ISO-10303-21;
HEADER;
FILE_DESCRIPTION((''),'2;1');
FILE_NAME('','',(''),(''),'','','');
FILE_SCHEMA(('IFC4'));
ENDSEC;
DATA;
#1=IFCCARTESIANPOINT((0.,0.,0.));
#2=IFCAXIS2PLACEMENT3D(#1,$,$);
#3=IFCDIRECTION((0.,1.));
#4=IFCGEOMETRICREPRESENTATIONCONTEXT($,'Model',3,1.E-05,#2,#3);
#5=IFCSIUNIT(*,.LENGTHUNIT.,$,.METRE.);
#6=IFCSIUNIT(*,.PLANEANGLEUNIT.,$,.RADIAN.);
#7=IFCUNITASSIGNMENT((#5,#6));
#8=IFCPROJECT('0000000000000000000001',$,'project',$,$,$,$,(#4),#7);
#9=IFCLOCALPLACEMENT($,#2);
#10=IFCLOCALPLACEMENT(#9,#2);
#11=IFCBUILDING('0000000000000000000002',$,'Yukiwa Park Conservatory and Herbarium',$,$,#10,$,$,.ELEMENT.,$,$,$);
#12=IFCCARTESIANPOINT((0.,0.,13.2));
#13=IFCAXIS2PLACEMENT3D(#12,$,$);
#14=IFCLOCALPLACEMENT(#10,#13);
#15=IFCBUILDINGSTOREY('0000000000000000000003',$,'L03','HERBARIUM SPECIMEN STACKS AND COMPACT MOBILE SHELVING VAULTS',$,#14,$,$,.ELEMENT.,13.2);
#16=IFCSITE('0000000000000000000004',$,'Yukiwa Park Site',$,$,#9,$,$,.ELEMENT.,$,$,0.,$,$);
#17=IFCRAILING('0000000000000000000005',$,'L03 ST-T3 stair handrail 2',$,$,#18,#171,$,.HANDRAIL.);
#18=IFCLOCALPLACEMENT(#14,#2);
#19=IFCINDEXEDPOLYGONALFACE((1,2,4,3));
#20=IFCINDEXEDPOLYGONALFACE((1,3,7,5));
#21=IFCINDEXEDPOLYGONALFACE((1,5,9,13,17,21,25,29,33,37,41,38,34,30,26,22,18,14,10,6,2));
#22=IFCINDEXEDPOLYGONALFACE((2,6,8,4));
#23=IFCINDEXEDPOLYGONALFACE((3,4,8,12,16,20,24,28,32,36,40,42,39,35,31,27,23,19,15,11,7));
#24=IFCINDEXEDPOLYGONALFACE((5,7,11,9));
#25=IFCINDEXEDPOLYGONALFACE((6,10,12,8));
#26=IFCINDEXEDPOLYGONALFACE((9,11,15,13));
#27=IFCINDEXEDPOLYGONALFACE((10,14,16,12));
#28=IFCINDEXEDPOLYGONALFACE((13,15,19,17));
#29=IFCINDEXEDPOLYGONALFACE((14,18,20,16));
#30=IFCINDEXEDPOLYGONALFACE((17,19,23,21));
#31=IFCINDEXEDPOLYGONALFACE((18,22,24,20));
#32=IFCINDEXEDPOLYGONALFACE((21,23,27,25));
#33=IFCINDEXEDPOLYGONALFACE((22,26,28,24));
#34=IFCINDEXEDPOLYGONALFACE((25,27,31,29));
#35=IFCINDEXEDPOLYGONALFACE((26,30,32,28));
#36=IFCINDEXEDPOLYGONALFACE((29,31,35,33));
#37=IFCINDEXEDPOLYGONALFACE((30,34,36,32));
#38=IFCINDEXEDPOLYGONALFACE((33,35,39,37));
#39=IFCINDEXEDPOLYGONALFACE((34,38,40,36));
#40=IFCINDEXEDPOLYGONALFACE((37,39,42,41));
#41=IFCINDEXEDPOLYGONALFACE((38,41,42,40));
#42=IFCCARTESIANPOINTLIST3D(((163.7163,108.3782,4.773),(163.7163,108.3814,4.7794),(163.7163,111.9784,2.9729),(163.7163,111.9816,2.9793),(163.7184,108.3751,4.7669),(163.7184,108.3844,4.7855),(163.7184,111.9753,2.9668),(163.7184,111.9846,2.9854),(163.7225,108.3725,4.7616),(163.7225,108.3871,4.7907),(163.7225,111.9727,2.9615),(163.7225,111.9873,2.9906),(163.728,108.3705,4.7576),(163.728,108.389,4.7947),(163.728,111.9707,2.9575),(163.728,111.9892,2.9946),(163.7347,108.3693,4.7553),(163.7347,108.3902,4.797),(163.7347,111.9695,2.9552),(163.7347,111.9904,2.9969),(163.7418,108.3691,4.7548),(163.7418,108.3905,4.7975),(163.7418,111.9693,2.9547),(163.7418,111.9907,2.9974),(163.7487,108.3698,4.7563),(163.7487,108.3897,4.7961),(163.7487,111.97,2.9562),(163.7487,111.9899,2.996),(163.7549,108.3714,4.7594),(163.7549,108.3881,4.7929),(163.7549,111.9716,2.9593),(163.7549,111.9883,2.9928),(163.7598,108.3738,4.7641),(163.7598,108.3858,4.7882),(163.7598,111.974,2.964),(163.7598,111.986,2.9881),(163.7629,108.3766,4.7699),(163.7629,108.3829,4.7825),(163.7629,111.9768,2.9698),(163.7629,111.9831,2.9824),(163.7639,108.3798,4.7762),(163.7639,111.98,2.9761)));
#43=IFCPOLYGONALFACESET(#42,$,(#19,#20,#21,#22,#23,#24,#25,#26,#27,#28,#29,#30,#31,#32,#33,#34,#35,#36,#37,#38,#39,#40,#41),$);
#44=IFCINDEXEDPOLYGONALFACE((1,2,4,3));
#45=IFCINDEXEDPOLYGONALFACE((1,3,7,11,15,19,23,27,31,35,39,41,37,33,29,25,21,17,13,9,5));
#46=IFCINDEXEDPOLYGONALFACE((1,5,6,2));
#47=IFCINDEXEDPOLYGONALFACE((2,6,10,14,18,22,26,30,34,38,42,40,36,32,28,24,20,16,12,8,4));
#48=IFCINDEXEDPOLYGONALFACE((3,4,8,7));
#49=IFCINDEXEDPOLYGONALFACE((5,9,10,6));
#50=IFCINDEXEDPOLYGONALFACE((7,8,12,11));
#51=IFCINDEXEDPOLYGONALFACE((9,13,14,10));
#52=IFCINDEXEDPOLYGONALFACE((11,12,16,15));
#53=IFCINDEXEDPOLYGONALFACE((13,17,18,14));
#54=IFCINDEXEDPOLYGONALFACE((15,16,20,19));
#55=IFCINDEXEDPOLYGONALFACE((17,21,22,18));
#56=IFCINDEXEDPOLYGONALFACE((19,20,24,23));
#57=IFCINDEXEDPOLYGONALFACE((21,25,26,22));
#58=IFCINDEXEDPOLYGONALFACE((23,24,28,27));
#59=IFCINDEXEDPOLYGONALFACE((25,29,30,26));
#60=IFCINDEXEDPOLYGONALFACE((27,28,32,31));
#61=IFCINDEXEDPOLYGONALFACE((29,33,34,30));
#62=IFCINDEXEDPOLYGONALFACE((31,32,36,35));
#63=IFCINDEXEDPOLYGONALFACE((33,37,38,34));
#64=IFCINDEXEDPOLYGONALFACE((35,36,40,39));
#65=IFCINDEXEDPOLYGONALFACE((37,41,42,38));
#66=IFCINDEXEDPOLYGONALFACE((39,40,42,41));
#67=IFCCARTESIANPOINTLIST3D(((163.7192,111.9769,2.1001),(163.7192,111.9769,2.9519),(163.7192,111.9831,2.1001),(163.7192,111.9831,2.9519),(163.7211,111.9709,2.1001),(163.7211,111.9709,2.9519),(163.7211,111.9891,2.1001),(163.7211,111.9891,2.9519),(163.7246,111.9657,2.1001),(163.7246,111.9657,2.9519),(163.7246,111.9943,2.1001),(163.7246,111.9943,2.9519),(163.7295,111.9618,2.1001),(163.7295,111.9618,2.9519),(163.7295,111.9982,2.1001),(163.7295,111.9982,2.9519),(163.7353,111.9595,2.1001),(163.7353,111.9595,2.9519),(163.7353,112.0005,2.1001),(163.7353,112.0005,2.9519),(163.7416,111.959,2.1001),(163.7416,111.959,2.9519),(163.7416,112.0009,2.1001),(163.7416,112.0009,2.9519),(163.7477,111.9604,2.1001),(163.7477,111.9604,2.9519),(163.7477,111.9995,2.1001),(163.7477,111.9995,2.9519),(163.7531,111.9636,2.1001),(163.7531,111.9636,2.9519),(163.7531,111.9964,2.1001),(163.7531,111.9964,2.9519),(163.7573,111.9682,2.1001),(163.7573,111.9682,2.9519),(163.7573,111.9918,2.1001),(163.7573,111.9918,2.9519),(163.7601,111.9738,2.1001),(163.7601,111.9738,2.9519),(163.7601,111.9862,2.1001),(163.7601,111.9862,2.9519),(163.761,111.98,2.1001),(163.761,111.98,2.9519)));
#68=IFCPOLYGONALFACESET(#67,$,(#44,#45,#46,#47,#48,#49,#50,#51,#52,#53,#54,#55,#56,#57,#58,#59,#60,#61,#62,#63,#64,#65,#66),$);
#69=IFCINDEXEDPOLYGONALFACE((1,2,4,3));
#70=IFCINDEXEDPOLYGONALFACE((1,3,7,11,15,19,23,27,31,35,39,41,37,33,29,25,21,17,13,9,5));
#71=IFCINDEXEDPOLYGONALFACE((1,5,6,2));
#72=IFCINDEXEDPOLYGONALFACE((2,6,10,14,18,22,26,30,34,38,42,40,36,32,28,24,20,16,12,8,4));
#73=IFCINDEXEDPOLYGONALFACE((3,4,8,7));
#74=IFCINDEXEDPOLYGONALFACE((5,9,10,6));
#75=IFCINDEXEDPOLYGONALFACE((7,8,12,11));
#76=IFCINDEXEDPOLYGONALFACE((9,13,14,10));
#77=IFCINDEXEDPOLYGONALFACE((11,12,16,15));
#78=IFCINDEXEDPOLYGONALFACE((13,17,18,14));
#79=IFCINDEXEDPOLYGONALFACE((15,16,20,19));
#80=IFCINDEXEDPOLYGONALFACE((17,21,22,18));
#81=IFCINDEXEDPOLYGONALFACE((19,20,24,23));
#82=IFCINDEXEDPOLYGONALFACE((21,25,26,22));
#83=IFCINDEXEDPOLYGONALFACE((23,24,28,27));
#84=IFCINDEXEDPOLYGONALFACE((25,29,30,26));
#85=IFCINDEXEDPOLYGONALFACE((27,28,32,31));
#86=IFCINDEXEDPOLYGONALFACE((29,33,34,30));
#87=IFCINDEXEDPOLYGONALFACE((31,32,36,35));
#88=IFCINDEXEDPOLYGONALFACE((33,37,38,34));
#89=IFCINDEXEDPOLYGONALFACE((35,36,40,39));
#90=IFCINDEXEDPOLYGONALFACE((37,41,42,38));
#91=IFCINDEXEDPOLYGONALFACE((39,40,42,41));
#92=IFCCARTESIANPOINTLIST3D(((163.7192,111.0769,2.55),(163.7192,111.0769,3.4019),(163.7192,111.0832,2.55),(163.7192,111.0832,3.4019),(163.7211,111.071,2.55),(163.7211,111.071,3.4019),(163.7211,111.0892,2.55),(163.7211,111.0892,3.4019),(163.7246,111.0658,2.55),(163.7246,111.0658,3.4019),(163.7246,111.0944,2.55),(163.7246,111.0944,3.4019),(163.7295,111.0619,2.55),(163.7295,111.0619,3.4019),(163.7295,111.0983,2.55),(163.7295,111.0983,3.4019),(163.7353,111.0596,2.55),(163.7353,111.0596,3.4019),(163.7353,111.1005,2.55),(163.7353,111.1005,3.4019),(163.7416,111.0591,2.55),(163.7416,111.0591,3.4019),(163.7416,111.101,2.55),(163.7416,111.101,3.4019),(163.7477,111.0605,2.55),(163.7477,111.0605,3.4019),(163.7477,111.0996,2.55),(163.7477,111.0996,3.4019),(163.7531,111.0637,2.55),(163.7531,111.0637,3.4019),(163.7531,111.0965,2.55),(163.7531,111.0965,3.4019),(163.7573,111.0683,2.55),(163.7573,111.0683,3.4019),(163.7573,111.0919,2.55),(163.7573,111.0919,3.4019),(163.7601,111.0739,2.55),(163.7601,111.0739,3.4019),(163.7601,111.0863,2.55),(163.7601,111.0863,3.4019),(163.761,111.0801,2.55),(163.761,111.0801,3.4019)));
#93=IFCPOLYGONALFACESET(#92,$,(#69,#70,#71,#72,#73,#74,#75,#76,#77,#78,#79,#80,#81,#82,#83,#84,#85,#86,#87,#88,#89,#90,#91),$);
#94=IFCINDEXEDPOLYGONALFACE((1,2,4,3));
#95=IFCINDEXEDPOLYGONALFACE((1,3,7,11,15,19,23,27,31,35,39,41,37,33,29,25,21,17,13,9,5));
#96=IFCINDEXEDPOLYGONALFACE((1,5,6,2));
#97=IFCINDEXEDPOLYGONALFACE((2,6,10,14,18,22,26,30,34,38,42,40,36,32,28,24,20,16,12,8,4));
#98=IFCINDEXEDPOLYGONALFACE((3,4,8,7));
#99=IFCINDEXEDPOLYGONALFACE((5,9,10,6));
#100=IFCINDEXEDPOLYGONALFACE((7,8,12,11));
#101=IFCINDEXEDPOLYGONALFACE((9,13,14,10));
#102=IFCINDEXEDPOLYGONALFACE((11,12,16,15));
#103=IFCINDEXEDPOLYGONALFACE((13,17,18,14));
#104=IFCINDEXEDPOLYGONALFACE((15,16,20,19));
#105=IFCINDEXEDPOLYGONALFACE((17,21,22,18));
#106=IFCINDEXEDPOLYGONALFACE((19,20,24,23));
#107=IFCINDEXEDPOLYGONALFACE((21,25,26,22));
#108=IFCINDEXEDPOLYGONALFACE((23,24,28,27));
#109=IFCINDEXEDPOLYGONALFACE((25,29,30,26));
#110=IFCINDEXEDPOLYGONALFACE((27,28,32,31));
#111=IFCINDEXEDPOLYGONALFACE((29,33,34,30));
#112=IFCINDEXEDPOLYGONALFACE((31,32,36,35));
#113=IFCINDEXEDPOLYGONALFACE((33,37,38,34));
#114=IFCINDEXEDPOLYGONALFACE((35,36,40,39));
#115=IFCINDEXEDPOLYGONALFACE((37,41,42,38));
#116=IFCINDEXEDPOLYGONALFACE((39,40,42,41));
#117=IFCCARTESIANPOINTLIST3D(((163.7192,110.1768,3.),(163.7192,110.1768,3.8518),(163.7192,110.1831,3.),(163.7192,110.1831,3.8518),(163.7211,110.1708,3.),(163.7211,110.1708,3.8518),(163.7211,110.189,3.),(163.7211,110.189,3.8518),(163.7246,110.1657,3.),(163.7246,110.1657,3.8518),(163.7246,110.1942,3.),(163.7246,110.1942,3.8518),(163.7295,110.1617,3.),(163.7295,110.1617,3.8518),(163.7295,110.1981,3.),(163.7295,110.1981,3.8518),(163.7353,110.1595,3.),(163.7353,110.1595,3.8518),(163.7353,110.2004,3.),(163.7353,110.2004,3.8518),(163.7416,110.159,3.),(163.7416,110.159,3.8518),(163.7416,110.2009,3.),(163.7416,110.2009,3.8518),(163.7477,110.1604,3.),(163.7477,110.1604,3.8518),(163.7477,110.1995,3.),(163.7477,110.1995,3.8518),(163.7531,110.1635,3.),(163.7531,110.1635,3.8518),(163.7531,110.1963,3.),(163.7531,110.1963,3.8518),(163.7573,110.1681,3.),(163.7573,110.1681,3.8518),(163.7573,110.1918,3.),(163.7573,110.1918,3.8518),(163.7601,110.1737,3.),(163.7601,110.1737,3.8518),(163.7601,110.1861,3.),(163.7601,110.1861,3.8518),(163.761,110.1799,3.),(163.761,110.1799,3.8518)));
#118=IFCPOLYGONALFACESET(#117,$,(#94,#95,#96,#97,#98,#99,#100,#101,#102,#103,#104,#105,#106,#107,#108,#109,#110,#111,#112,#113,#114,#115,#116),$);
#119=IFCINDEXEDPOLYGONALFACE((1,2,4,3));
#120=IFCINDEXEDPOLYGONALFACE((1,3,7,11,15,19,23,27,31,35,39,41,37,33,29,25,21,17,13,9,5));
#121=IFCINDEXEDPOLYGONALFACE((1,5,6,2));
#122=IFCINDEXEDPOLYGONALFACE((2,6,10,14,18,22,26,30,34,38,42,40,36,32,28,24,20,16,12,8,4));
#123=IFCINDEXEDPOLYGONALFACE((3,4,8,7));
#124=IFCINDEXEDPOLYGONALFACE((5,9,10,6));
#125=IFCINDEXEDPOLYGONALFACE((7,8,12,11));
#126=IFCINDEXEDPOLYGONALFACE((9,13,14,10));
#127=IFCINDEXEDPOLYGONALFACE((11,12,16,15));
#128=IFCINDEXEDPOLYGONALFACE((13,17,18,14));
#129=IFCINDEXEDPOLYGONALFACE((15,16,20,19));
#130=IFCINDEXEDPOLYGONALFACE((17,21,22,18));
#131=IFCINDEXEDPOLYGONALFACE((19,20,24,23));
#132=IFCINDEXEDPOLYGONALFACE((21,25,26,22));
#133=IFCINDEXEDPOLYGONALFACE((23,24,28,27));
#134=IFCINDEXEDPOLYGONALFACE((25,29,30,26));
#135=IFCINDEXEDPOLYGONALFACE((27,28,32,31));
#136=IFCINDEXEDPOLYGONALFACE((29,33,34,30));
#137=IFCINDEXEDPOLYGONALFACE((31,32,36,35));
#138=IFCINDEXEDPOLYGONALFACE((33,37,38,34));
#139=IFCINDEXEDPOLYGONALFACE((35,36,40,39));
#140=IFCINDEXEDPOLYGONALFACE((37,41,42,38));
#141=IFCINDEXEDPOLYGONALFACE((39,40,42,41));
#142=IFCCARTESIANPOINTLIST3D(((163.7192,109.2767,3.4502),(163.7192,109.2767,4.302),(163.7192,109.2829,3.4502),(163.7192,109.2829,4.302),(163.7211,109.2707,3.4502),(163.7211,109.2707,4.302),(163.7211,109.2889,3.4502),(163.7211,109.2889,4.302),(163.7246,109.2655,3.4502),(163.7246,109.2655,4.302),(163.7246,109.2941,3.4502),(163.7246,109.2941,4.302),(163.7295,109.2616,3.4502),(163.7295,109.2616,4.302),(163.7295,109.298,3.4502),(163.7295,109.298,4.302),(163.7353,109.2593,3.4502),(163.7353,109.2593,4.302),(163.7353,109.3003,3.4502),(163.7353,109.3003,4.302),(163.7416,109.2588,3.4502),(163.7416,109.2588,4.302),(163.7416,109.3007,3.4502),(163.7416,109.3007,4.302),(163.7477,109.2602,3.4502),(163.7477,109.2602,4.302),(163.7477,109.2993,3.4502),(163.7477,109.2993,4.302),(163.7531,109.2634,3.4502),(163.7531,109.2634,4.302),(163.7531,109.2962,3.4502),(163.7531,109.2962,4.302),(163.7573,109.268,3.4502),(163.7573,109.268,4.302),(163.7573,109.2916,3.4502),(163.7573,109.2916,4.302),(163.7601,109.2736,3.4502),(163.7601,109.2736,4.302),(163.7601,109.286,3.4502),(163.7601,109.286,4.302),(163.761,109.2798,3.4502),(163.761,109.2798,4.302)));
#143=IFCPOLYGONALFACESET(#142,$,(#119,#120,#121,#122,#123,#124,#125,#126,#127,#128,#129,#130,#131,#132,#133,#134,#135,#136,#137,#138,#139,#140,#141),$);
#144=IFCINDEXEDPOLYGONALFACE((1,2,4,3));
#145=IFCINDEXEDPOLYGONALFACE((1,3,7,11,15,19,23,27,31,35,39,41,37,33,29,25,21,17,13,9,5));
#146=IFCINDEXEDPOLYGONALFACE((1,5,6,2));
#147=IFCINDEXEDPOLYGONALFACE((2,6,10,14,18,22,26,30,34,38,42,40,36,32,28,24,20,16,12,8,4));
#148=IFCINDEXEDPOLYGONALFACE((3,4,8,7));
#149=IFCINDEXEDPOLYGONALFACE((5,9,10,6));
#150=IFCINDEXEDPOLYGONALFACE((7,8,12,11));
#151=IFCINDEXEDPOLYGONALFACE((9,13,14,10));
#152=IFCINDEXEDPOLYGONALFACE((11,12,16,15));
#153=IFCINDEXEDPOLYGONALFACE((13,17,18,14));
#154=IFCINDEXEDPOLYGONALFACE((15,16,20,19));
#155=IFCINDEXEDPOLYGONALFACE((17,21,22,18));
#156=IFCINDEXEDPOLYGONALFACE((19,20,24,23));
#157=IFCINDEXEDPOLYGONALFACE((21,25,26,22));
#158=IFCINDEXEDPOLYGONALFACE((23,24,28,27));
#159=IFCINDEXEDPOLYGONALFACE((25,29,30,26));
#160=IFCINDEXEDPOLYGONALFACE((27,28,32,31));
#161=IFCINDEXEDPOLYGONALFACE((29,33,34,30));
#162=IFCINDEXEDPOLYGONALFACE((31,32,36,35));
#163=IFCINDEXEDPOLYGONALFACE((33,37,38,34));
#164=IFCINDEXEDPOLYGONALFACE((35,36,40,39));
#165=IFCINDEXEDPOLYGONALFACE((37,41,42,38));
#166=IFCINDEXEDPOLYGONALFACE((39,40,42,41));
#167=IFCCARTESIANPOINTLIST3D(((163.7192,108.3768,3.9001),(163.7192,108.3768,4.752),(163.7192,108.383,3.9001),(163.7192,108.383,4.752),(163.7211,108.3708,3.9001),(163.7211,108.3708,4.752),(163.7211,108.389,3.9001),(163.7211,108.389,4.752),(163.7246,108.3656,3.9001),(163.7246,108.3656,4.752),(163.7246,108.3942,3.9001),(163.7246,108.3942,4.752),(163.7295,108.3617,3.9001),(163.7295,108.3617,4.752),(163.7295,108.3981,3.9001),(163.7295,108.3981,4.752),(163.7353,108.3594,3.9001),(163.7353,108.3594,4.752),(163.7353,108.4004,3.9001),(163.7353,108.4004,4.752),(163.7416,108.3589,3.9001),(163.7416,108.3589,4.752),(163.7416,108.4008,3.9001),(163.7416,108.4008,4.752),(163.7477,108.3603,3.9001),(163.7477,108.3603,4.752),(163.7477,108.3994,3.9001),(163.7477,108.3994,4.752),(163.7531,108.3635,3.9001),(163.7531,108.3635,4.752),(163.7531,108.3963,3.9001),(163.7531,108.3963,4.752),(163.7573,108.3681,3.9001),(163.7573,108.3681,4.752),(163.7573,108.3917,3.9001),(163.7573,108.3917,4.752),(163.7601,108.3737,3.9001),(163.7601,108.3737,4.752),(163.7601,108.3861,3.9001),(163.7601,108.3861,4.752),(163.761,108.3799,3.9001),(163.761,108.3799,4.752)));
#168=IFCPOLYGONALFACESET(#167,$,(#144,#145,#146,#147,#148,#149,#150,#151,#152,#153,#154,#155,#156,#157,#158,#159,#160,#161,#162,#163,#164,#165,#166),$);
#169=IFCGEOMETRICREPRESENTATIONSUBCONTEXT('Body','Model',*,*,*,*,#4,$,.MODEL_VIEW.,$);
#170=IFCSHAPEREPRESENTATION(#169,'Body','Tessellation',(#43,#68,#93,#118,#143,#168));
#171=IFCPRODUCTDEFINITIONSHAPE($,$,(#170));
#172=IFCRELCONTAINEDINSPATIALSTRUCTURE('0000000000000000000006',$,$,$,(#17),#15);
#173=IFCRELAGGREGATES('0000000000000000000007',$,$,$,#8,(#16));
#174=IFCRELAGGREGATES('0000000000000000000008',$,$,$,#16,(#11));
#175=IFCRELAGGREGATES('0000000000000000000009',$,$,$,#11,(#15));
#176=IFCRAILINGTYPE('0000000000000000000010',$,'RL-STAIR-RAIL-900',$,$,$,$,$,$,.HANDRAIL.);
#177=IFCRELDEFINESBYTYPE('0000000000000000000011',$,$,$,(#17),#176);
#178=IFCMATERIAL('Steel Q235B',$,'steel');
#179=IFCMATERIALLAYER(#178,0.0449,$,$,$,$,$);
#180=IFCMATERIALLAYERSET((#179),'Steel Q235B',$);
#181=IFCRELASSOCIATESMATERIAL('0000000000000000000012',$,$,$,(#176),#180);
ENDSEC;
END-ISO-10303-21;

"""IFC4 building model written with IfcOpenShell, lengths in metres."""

from ifc_helpers import new_model, si_unit, direction, frame, origin, origin_2d, place, context, subcontext, project, spatial, circle, extrude, material, layer, layer_set, type_object, element, save


model = new_model("IFC4")

# Units and contexts
model_context = context("Model", 3, precision=1e-05, world=origin(), true_north=direction((0.0, 1.0)))
body_context = subcontext(model_context, "Body", "Model", "MODEL_VIEW")
ifc_project = project(units=[si_unit("LENGTHUNIT", "METRE"), si_unit("PLANEANGLEUNIT", "RADIAN")], contexts=[model_context])

# Site, building, storey
site_placement = place(None, origin())
site = spatial("IfcSite", under=ifc_project, at=site_placement, Name="Yukiwa Park Site", CompositionType="ELEMENT", RefElevation=0.0)
building_placement = place(site_placement, origin())
building = spatial("IfcBuilding", under=site, at=building_placement, Name="Yukiwa Park Conservatory and Herbarium", CompositionType="ELEMENT")
storey_placement = place(building_placement, frame((0.0, 0.0, 13.2)))
storey = spatial("IfcBuildingStorey", under=building, at=storey_placement, Name="L03", Description="HERBARIUM SPECIMEN STACKS AND COMPACT MOBILE SHELVING VAULTS", CompositionType="ELEMENT", Elevation=13.2)

# Railing
ifc_material_1 = material(Name="Steel Q235B", Category="steel")
ifc_layer_1 = layer(ifc_material_1, 0.0449)
ifc_layer_set_1 = layer_set([ifc_layer_1], Name="Steel Q235B")
railing_type_1 = type_object("IfcRailingType", Name="RL-STAIR-RAIL-900", PredefinedType="HANDRAIL", material=ifc_layer_set_1)
railing_1_placement = place(storey_placement, frame((163.74, 111.98, 2.1001)))
element("IfcRailing", 1, at=railing_1_placement, inside=storey, type_object=railing_type_1, Name="L03 ST-T3 stair handrail 2", PredefinedType="HANDRAIL", context=body_context, shape_type="SweptSolid", body=[
    extrude(circle(Radius=0.0239, at=origin_2d()), frame((0.0, 0.0, 0.876), z_axis=(0.0, -0.894427, 0.447214), x_axis=(1.0, 0.0, 0.0)), (0.0, 0.0, 1.0), 4.0251),
    extrude(circle(Radius=0.021, at=origin_2d()), origin(), (0.0, 0.0, 1.0), 0.8518),
    extrude(circle(Radius=0.021, at=origin_2d()), frame((0.0, -0.8999, 0.45)), (0.0, 0.0, 1.0), 0.8518),
    extrude(circle(Radius=0.021, at=origin_2d()), frame((0.0, -1.8, 0.8999)), (0.0, 0.0, 1.0), 0.8518),
    extrude(circle(Radius=0.021, at=origin_2d()), frame((0.0, -2.7002, 1.3501)), (0.0, 0.0, 1.0), 0.8518),
    extrude(circle(Radius=0.021, at=origin_2d()), frame((0.0, -3.6001, 1.8)), (0.0, 0.0, 1.0), 0.8518),
])

save(model, "model.ifc")
